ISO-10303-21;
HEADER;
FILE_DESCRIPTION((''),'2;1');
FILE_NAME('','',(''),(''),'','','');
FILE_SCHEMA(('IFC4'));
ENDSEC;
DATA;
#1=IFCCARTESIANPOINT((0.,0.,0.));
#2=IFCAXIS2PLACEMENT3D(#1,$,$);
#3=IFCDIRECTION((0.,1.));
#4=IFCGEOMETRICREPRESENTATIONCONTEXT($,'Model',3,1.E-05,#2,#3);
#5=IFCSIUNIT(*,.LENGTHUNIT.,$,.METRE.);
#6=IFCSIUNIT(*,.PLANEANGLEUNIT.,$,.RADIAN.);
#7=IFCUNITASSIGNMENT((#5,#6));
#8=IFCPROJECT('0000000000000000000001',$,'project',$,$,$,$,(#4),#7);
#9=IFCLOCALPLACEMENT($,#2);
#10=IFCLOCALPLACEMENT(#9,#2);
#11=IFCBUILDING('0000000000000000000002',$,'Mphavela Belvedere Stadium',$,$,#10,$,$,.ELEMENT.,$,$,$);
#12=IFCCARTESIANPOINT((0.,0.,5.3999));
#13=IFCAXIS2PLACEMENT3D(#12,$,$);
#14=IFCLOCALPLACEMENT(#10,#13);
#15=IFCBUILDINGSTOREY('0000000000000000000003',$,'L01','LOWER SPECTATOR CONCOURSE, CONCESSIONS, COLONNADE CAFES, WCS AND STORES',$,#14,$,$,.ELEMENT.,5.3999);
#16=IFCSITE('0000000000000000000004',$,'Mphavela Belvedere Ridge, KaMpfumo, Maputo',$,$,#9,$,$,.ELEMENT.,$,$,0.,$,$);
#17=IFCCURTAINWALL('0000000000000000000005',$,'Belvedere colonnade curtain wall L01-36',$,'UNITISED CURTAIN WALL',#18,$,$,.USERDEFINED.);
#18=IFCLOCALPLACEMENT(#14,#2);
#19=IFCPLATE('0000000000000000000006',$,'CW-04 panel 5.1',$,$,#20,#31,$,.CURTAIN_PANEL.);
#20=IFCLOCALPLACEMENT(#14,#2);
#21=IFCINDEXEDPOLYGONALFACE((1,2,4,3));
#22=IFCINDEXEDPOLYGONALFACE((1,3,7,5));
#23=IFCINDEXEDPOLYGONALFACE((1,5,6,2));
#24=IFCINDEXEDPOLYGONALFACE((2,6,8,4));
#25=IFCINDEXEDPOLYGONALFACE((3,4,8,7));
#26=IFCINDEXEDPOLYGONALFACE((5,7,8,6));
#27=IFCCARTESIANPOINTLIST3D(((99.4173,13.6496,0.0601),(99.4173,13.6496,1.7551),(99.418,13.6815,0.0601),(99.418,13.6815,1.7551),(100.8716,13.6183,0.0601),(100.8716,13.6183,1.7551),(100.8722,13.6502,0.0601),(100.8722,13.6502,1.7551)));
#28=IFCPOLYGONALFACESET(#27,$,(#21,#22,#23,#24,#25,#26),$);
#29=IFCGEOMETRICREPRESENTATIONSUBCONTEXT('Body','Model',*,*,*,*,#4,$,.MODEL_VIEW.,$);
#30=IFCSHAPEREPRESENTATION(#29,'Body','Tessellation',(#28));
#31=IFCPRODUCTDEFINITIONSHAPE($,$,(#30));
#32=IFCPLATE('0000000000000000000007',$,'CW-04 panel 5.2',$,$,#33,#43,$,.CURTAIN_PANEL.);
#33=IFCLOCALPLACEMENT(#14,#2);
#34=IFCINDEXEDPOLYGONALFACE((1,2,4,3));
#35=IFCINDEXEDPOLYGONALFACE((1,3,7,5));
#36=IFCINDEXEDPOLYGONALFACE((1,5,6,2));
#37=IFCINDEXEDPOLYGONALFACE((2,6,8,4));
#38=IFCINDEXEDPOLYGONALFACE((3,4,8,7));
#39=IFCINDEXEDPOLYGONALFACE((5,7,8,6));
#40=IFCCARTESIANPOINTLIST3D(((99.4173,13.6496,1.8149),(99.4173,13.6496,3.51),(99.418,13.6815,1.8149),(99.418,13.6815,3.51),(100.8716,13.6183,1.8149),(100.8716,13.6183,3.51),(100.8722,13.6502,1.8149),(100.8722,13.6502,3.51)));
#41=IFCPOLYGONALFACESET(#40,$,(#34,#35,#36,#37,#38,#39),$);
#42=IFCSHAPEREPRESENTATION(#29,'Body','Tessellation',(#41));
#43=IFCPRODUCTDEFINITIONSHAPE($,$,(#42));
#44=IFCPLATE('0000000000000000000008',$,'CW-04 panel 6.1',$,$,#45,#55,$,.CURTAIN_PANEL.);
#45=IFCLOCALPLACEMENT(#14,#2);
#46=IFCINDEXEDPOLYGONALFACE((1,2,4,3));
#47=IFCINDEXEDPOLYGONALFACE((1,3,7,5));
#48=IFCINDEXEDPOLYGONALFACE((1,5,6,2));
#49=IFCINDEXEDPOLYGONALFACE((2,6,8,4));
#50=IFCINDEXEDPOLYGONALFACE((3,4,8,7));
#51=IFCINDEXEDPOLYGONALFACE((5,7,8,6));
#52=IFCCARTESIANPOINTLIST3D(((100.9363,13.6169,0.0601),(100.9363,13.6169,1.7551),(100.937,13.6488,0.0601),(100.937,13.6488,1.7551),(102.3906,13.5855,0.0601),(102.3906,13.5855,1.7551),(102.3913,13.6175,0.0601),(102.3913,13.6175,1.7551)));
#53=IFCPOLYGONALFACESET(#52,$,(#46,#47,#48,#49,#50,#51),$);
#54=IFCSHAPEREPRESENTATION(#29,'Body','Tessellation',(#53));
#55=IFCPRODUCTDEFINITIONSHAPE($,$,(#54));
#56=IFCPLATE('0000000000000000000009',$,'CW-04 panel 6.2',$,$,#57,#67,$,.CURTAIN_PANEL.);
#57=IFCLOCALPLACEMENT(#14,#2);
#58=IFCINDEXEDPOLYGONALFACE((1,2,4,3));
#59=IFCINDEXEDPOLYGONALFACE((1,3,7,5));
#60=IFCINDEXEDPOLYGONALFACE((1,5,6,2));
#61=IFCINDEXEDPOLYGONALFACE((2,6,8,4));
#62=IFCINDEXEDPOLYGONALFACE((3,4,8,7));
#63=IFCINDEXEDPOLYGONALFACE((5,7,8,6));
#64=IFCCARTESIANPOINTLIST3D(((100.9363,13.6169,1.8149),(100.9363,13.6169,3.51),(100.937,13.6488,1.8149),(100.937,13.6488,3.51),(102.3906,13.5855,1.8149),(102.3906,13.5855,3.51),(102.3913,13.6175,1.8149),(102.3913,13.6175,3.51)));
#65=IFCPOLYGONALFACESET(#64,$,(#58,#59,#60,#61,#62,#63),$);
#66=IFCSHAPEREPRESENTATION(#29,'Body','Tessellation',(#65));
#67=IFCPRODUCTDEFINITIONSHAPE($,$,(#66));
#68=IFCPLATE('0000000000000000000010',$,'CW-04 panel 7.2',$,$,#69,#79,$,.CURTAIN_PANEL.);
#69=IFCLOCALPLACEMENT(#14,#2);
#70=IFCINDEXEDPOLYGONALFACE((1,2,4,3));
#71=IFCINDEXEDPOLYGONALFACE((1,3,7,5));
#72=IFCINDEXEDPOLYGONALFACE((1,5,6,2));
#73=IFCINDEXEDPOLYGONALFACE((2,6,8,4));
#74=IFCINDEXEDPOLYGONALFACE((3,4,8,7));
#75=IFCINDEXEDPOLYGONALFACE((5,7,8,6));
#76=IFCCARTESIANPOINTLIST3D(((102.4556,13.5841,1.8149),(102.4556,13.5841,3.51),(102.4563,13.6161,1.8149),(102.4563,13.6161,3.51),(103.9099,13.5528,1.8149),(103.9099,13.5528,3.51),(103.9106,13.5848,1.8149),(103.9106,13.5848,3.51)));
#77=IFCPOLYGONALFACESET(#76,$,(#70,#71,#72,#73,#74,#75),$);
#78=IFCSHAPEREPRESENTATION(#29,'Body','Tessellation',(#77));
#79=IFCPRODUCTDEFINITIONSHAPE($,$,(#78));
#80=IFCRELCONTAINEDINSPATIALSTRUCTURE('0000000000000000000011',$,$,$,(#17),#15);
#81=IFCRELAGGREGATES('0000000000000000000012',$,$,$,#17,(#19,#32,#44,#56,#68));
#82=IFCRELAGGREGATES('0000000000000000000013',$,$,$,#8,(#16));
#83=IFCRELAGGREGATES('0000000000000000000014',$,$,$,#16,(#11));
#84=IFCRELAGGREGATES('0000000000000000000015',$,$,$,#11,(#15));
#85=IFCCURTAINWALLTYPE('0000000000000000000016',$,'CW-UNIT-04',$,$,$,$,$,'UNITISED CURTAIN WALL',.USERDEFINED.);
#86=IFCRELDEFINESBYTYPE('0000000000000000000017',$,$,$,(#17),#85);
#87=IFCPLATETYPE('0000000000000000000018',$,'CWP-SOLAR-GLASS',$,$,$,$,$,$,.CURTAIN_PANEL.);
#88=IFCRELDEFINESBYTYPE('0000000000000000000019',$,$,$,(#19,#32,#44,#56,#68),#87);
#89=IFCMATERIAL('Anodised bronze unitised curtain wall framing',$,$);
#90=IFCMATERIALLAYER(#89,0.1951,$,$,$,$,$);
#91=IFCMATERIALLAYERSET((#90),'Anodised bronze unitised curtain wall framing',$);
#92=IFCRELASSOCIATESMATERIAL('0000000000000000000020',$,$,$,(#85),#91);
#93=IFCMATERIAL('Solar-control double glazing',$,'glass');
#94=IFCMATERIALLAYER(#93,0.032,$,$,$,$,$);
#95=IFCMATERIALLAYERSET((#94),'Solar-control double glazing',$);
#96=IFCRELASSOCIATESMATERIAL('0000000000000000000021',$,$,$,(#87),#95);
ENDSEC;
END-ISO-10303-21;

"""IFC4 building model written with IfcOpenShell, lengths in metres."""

from ifc_helpers import new_model, si_unit, direction, frame, origin, origin_2d, place, context, subcontext, project, spatial, rectangle, extrude, material, layer, layer_set, type_object, element, aggregate, save


model = new_model("IFC4")

# Units and contexts
model_context = context("Model", 3, precision=1e-05, world=origin(), true_north=direction((0.0, 1.0)))
body_context = subcontext(model_context, "Body", "Model", "MODEL_VIEW")
ifc_project = project(units=[si_unit("LENGTHUNIT", "METRE"), si_unit("PLANEANGLEUNIT", "RADIAN")], contexts=[model_context])

# Site, building, storey
site_placement = place(None, origin())
site = spatial("IfcSite", under=ifc_project, at=site_placement, Name="Mphavela Belvedere Ridge, KaMpfumo, Maputo", CompositionType="ELEMENT", RefElevation=0.0)
building_placement = place(site_placement, origin())
building = spatial("IfcBuilding", under=site, at=building_placement, Name="Mphavela Belvedere Stadium", CompositionType="ELEMENT")
storey_placement = place(building_placement, frame((0.0, 0.0, 5.3999)))
storey = spatial("IfcBuildingStorey", under=building, at=storey_placement, Name="L01", Description="LOWER SPECTATOR CONCOURSE, CONCESSIONS, COLONNADE CAFES, WCS AND STORES", CompositionType="ELEMENT", Elevation=5.3999)

# Curtain wall, plates
ifc_material_1 = material(Name="Anodised bronze unitised curtain wall framing")
ifc_layer_1 = layer(ifc_material_1, 0.1951)
ifc_layer_set_1 = layer_set([ifc_layer_1], Name="Anodised bronze unitised curtain wall framing")
curtain_wall_type = type_object("IfcCurtainWallType", Name="CW-UNIT-04", ElementType="UNITISED CURTAIN WALL", PredefinedType="USERDEFINED", material=ifc_layer_set_1)
curtain_wall_placement = place(storey_placement, origin())
curtain_wall = element("IfcCurtainWall", 1, at=curtain_wall_placement, inside=storey, type_object=curtain_wall_type, Name="Belvedere colonnade curtain wall L01-36", ObjectType="UNITISED CURTAIN WALL", PredefinedType="USERDEFINED")
ifc_material_2 = material(Name="Solar-control double glazing", Category="glass")
ifc_layer_2 = layer(ifc_material_2, 0.032)
ifc_layer_set_2 = layer_set([ifc_layer_2], Name="Solar-control double glazing")
plate_type = type_object("IfcPlateType", Name="CWP-SOLAR-GLASS", PredefinedType="CURTAIN_PANEL", material=ifc_layer_set_2)
plate_1_placement = place(storey_placement, frame((100.1448, 13.6499, 0.0601), z_axis=(0.0, 0.0, 1.0), x_axis=(0.999768, -0.021529, 0.0)))
plate_1 = element("IfcPlate", 2, at=plate_1_placement, type_object=plate_type, Name="CW-04 panel 5.1", PredefinedType="CURTAIN_PANEL", context=body_context, shape_type="SweptSolid", body=[
    extrude(rectangle(XDim=1.4546, YDim=0.032, at=origin_2d()), origin(), (0.0, 0.0, 1.0), 1.6951),
])
plate_2_placement = place(storey_placement, frame((100.1448, 13.6499, 1.8149), z_axis=(0.0, 0.0, 1.0), x_axis=(0.999768, -0.021529, 0.0)))
plate_2 = element("IfcPlate", 3, at=plate_2_placement, type_object=plate_type, Name="CW-04 panel 5.2", PredefinedType="CURTAIN_PANEL", context=body_context, shape_type="SweptSolid", body=[
    extrude(rectangle(XDim=1.4546, YDim=0.032, at=origin_2d()), origin(), (0.0, 0.0, 1.0), 1.6951),
])
plate_3_placement = place(storey_placement, frame((101.6638, 13.6172, 0.0601), z_axis=(0.0, 0.0, 1.0), x_axis=(0.999768, -0.021529, 0.0)))
plate_3 = element("IfcPlate", 4, at=plate_3_placement, type_object=plate_type, Name="CW-04 panel 6.1", PredefinedType="CURTAIN_PANEL", context=body_context, shape_type="SweptSolid", body=[
    extrude(rectangle(XDim=1.4546, YDim=0.032, at=origin_2d()), origin(), (0.0, 0.0, 1.0), 1.6951),
])
plate_4_placement = place(storey_placement, frame((101.6638, 13.6172, 1.8149), z_axis=(0.0, 0.0, 1.0), x_axis=(0.999768, -0.021529, 0.0)))
plate_4 = element("IfcPlate", 5, at=plate_4_placement, type_object=plate_type, Name="CW-04 panel 6.2", PredefinedType="CURTAIN_PANEL", context=body_context, shape_type="SweptSolid", body=[
    extrude(rectangle(XDim=1.4546, YDim=0.032, at=origin_2d()), origin(), (0.0, 0.0, 1.0), 1.6951),
])
plate_5_placement = place(storey_placement, frame((103.1831, 13.5845, 1.8149), z_axis=(0.0, 0.0, 1.0), x_axis=(0.999768, -0.021529, 0.0)))
plate_5 = element("IfcPlate", 6, at=plate_5_placement, type_object=plate_type, Name="CW-04 panel 7.2", PredefinedType="CURTAIN_PANEL", context=body_context, shape_type="SweptSolid", body=[
    extrude(rectangle(XDim=1.4546, YDim=0.032, at=origin_2d()), origin(), (0.0, 0.0, 1.0), 1.6951),
])
aggregate(curtain_wall, [plate_1, plate_2, plate_3, plate_4, plate_5])

save(model, "model.ifc")
